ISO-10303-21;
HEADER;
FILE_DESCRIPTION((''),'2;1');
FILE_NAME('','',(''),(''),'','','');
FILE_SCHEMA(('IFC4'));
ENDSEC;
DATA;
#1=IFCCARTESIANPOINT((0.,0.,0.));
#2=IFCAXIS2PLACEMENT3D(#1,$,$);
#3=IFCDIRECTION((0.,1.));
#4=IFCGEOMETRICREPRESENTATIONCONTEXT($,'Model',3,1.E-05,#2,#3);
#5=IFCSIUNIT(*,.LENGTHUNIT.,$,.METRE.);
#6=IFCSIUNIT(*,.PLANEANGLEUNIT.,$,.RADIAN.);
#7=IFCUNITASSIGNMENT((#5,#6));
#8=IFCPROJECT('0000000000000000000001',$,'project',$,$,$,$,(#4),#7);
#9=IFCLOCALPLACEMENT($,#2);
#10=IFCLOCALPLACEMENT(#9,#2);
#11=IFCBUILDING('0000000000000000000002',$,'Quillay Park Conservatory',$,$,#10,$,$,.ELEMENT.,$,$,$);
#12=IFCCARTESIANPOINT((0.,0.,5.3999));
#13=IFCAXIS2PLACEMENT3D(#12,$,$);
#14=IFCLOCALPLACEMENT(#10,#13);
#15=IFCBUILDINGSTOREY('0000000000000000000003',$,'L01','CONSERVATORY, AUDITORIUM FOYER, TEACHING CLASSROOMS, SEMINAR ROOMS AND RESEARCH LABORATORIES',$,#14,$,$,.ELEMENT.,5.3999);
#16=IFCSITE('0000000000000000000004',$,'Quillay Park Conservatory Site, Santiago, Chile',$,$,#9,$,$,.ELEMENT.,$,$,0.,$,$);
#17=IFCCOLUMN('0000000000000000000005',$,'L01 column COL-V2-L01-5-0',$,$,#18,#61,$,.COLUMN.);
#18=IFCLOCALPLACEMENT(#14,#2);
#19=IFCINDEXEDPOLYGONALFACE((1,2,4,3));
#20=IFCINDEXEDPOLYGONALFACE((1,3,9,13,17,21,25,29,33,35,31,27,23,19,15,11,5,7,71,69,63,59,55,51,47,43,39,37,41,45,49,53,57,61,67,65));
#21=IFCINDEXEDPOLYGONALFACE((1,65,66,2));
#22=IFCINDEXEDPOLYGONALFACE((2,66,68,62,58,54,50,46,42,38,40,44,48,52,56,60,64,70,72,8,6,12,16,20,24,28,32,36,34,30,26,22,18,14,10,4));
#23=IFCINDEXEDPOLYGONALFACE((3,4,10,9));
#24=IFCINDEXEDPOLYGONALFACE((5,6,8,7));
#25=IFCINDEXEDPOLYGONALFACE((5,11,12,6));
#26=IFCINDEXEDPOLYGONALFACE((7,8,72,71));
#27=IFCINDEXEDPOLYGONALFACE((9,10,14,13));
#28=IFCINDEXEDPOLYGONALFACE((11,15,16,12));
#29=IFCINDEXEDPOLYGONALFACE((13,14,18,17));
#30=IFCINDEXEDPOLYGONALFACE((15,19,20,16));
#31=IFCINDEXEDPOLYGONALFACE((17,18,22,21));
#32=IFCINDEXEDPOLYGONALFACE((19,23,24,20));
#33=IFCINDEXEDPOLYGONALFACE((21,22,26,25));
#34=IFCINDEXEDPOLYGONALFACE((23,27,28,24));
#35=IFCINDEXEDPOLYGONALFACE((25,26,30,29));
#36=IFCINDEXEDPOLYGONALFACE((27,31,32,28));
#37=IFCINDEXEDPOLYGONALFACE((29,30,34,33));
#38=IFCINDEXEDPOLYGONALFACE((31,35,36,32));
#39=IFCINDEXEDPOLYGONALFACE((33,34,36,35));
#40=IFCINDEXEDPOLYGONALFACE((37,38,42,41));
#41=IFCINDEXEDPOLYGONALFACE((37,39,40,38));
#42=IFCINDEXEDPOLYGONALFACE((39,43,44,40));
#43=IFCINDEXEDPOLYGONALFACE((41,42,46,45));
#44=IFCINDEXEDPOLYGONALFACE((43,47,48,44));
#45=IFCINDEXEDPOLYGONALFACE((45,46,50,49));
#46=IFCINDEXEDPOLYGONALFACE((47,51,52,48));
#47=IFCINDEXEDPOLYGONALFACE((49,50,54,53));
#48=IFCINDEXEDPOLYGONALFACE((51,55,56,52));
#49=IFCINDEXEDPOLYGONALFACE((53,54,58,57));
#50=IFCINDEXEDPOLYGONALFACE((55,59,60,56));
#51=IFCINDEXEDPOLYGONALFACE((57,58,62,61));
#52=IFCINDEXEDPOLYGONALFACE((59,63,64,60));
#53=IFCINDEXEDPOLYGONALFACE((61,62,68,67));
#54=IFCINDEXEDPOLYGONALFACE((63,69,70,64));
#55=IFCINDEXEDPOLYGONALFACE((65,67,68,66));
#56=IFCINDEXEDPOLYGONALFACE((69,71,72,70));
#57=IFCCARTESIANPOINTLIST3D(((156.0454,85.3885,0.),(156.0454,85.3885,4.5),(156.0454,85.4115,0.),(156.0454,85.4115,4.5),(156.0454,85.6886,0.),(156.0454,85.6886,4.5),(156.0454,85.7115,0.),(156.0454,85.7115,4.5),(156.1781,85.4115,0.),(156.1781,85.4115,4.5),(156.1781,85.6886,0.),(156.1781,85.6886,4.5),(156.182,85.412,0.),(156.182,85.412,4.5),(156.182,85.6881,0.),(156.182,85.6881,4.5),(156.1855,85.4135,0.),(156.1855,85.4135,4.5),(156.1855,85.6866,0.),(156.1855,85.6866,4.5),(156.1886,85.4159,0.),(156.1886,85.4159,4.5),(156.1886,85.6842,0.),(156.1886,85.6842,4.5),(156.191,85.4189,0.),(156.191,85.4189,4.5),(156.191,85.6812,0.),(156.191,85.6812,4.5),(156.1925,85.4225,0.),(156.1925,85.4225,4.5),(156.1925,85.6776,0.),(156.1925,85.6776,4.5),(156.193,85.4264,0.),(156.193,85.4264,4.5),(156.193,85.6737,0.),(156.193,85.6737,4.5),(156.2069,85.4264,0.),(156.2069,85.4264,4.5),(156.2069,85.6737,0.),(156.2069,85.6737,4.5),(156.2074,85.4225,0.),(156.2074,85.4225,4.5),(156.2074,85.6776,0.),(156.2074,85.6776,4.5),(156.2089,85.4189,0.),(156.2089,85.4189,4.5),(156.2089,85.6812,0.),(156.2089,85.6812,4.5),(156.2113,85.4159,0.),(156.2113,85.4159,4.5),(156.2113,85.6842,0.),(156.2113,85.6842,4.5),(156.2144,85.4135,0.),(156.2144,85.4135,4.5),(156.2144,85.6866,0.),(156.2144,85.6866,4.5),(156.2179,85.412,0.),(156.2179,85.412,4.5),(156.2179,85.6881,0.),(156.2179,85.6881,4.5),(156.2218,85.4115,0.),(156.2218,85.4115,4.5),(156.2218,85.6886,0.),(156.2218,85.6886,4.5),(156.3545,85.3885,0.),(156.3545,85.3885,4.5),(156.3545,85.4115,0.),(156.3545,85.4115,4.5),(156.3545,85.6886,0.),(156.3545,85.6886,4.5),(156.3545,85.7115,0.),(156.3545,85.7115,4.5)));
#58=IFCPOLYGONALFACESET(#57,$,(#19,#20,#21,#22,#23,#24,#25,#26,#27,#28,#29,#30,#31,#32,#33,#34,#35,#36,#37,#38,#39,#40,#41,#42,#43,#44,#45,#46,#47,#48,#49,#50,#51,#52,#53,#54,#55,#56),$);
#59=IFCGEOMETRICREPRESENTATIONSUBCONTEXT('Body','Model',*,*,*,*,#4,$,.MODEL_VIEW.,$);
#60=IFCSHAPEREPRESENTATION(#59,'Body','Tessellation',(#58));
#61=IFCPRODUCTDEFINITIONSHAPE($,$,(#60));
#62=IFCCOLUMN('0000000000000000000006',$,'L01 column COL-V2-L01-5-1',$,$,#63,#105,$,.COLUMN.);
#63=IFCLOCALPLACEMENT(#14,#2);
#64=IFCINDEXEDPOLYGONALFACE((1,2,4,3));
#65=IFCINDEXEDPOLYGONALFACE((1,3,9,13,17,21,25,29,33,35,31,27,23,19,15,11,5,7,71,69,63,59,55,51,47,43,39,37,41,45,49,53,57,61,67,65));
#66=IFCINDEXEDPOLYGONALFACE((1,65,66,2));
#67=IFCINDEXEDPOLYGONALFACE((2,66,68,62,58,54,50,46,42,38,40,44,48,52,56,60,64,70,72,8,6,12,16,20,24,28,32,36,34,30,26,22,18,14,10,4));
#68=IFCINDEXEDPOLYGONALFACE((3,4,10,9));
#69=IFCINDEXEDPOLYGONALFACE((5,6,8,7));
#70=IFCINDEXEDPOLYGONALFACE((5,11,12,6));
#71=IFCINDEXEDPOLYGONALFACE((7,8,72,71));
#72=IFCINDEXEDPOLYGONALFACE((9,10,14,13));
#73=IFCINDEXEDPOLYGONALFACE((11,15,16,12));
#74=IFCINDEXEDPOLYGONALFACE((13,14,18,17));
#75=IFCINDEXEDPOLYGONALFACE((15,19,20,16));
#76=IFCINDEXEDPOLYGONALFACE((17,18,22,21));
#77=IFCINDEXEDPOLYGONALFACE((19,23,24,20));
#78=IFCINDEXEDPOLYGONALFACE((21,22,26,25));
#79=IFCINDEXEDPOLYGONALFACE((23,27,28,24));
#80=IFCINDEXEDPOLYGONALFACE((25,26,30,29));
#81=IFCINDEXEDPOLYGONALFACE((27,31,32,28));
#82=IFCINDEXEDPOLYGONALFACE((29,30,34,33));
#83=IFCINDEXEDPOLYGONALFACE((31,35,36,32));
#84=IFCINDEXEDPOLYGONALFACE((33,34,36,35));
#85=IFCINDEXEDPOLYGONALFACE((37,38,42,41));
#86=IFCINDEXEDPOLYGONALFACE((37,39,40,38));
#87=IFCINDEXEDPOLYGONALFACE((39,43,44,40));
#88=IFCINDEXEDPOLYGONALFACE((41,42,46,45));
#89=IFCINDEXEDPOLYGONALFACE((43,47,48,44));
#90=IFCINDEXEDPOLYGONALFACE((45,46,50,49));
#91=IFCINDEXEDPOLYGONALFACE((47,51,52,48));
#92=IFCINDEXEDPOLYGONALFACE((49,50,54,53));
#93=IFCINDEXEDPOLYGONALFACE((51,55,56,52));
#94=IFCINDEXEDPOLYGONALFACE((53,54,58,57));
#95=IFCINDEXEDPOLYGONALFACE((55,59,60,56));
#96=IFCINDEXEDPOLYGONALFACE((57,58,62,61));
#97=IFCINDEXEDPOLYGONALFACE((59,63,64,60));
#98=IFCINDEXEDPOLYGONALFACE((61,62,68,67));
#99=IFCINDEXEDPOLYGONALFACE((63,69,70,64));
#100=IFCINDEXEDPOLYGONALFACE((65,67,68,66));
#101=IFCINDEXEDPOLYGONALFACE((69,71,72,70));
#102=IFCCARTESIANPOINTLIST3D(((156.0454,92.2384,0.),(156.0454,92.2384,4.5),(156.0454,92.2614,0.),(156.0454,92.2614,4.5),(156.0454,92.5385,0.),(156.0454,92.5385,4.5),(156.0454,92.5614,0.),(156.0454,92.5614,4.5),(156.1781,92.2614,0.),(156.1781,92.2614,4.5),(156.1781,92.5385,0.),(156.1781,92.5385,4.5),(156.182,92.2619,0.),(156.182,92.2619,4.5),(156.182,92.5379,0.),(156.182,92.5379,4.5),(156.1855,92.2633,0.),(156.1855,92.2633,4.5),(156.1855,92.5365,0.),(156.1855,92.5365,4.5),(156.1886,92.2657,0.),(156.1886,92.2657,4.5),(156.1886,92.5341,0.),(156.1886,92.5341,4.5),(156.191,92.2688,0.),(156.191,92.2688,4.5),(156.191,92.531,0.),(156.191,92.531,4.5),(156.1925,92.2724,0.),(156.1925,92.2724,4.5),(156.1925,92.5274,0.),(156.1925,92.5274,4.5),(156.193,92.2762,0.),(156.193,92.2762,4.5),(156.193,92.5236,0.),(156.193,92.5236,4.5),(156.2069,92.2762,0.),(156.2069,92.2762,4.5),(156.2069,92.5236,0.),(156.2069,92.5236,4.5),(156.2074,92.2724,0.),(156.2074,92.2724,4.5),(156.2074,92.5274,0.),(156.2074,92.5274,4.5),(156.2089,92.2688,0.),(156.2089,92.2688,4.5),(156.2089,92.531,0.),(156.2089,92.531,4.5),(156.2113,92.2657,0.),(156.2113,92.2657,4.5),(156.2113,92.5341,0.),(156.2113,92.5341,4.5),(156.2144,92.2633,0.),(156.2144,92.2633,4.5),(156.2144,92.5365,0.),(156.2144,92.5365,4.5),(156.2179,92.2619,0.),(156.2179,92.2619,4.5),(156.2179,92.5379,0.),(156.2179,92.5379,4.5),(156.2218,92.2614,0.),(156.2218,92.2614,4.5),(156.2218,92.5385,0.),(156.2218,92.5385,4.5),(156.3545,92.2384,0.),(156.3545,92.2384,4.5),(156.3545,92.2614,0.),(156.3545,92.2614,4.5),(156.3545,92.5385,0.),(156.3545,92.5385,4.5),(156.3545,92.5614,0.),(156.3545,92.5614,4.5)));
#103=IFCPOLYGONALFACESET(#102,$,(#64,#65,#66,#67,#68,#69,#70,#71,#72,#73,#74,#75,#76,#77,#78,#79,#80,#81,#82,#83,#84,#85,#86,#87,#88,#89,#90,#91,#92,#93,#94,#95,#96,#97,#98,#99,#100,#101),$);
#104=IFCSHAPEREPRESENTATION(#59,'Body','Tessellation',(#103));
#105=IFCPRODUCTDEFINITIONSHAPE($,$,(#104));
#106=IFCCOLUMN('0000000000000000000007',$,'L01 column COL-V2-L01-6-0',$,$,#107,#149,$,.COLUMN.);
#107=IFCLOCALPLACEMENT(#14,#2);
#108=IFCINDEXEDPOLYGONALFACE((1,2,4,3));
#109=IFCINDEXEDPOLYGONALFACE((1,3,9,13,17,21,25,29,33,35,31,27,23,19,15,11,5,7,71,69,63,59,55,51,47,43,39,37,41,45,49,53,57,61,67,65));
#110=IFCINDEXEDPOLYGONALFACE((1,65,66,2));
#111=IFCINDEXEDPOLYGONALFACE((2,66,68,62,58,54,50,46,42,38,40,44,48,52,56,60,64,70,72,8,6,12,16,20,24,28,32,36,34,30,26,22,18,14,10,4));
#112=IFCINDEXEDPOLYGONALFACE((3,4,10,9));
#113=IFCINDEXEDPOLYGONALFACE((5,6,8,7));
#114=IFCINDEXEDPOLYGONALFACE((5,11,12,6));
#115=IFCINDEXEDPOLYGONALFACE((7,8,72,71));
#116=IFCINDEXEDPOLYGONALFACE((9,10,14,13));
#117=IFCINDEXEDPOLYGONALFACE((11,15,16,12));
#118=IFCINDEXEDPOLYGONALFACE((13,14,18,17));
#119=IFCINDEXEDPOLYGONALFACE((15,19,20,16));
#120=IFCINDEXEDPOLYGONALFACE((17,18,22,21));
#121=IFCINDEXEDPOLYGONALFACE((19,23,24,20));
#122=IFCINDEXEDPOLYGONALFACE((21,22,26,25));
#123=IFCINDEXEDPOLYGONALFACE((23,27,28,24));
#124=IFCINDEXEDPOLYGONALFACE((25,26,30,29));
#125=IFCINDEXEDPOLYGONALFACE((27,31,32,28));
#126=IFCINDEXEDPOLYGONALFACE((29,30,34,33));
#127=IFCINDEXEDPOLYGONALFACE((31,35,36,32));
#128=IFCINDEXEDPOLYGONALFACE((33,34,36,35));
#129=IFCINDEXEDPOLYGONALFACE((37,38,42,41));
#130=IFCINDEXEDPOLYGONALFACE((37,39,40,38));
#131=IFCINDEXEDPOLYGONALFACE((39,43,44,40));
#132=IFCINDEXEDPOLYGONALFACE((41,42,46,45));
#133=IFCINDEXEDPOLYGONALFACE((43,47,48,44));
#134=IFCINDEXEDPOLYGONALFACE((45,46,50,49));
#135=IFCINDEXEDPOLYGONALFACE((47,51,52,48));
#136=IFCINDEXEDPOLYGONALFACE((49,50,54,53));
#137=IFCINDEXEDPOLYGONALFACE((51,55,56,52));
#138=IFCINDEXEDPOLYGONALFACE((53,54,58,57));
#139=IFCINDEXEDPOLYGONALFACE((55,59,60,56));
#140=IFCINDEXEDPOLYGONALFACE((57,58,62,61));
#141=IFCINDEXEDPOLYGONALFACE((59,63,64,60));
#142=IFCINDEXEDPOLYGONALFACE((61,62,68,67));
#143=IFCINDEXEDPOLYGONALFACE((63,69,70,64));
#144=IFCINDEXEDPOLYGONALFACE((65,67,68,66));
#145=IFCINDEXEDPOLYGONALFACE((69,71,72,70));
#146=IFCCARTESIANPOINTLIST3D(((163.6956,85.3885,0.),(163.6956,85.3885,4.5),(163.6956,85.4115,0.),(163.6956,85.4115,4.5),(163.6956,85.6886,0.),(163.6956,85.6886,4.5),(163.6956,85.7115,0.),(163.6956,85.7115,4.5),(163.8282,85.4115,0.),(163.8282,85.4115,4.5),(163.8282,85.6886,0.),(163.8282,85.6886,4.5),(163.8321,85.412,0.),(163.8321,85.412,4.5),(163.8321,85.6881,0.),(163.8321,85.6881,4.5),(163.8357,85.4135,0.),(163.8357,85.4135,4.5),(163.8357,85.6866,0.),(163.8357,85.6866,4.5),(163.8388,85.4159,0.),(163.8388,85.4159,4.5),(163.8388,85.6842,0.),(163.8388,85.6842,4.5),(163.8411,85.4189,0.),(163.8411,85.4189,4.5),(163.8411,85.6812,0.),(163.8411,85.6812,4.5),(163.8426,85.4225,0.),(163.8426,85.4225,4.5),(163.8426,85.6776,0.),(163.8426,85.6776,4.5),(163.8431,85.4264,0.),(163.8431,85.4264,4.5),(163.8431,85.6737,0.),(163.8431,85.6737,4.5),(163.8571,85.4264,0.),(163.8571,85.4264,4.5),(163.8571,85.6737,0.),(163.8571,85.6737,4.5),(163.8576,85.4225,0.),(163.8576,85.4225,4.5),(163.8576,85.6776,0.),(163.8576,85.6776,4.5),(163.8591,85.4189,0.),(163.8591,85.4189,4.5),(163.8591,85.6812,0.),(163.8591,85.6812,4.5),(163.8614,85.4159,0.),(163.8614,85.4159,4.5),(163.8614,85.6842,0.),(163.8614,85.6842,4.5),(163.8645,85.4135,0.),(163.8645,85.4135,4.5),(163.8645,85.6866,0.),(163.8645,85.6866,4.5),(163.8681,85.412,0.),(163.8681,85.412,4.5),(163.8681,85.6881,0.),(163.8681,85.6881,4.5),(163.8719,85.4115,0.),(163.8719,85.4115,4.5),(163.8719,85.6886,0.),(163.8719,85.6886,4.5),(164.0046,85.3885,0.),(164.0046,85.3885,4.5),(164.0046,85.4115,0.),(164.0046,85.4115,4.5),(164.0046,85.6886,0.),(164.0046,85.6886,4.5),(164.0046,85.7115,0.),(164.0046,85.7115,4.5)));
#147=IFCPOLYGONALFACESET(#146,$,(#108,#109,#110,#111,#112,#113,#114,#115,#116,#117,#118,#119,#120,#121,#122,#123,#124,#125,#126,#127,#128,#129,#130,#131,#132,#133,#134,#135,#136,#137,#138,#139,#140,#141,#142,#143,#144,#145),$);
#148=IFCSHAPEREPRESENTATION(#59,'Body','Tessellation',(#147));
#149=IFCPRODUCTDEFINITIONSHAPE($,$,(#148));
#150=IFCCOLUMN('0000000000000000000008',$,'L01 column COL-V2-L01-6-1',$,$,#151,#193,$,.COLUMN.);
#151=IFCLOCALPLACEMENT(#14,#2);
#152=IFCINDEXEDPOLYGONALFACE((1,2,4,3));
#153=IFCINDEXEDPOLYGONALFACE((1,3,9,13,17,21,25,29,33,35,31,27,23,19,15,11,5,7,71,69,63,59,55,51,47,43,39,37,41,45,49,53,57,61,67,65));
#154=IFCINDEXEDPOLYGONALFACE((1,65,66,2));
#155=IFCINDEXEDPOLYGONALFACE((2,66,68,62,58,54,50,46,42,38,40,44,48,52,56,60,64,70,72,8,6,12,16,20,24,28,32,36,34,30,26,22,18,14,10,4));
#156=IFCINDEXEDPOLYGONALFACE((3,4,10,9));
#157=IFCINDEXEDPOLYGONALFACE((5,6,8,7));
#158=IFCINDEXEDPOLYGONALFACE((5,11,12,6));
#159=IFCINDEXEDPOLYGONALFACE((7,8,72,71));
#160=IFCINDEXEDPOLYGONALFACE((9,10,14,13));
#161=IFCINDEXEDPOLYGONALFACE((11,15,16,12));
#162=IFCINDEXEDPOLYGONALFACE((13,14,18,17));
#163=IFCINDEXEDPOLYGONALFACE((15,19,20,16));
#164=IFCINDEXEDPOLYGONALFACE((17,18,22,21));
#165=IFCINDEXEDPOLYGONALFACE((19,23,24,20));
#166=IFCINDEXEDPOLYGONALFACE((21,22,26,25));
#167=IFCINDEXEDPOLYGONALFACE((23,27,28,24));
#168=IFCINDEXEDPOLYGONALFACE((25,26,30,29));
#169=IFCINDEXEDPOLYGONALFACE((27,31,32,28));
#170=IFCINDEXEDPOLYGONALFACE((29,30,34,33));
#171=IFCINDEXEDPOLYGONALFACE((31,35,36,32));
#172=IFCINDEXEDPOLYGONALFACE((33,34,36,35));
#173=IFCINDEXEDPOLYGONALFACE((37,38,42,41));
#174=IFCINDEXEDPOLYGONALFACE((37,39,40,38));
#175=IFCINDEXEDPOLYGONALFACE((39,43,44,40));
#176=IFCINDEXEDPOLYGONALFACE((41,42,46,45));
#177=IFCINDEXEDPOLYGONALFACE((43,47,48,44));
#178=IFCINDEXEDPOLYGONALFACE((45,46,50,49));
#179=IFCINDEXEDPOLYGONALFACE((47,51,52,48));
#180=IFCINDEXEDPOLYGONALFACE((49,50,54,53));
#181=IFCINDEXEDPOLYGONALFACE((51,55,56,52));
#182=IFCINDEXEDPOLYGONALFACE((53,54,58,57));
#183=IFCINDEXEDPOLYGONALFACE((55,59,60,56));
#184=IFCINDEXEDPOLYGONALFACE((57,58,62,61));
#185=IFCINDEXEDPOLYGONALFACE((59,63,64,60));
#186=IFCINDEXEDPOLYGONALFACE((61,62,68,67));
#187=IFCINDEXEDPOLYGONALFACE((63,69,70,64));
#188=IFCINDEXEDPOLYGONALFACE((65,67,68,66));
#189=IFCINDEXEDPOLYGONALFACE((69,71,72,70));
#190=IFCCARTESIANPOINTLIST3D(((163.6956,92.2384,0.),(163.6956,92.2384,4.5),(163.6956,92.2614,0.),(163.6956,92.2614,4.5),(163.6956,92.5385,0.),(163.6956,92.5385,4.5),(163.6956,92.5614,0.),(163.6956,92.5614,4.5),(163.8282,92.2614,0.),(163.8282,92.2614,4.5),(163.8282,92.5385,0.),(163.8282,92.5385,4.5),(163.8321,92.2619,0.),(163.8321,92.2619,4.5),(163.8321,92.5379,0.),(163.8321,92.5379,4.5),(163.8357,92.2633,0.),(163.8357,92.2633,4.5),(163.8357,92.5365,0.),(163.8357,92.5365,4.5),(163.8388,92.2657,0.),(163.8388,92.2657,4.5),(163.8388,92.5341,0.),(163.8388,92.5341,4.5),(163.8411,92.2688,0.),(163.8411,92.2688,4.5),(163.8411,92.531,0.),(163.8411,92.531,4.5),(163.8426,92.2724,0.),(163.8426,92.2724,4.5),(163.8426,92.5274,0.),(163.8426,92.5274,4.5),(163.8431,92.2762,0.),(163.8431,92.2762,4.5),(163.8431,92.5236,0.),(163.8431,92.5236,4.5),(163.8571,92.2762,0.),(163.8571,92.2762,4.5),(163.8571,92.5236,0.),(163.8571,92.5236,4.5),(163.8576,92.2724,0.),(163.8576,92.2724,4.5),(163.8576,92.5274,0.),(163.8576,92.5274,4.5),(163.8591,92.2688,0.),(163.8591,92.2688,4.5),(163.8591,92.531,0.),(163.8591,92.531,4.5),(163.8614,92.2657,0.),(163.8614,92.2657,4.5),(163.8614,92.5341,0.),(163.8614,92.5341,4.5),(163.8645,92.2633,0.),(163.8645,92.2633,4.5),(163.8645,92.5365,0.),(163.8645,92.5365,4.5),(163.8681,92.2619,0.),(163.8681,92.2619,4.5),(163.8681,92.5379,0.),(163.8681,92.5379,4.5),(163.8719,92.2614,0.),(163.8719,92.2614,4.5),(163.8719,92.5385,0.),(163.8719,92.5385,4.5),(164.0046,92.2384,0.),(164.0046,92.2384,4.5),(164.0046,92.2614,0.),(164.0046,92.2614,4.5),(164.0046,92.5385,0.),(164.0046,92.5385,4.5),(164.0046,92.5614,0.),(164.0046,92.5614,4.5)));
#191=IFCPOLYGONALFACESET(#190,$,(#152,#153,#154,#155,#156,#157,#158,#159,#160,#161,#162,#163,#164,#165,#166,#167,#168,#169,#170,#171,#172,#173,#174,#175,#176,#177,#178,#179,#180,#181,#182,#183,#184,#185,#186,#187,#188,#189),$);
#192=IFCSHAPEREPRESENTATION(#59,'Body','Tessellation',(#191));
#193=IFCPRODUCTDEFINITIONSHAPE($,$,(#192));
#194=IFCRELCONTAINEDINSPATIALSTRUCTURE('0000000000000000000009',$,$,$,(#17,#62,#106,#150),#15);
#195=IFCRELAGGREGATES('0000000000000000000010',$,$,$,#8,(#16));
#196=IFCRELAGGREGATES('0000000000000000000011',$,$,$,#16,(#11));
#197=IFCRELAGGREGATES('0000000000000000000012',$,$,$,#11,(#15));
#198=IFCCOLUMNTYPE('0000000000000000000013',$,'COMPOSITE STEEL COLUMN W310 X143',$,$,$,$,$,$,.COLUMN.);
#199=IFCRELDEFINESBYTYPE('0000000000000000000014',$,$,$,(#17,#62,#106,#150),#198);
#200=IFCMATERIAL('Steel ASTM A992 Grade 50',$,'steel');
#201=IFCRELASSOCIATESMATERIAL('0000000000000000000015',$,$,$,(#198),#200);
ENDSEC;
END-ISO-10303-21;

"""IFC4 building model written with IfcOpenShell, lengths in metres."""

from ifc_helpers import new_model, si_unit, direction, frame, origin, origin_2d, place, context, subcontext, project, spatial, i_section, extrude, material, material_profile, profile_set, type_object, element, save


model = new_model("IFC4")

# Units and contexts
model_context = context("Model", 3, precision=1e-05, world=origin(), true_north=direction((0.0, 1.0)))
body_context = subcontext(model_context, "Body", "Model", "MODEL_VIEW")
ifc_project = project(units=[si_unit("LENGTHUNIT", "METRE"), si_unit("PLANEANGLEUNIT", "RADIAN")], contexts=[model_context])

# Site, building, storey
site_placement = place(None, origin())
site = spatial("IfcSite", under=ifc_project, at=site_placement, Name="Quillay Park Conservatory Site, Santiago, Chile", CompositionType="ELEMENT", RefElevation=0.0)
building_placement = place(site_placement, origin())
building = spatial("IfcBuilding", under=site, at=building_placement, Name="Quillay Park Conservatory", CompositionType="ELEMENT")
storey_placement = place(building_placement, frame((0.0, 0.0, 5.3999)))
storey = spatial("IfcBuildingStorey", under=building, at=storey_placement, Name="L01", Description="CONSERVATORY, AUDITORIUM FOYER, TEACHING CLASSROOMS, SEMINAR ROOMS AND RESEARCH LABORATORIES", CompositionType="ELEMENT", Elevation=5.3999)

# Columns
ifc_material_1 = material(Name="Steel ASTM A992 Grade 50", Category="steel")
ifc_material_profile_1 = material_profile(ifc_material_1, i_section(OverallWidth=0.3091, OverallDepth=0.323, WebThickness=0.0139, FlangeThickness=0.0229, FilletRadius=0.0149, at=origin_2d()), Name="W310x143")
ifc_profile_set_1 = profile_set([ifc_material_profile_1], Name="Steel ASTM A992 Grade 50")
column_type = type_object("IfcColumnType", Name="COMPOSITE STEEL COLUMN W310 X143", PredefinedType="COLUMN", material=ifc_profile_set_1)
for number, where, z_axis, x_axis, name in (
    (1, (156.2, 85.55, 0.0), (0.0, 0.0, 1.0), (1.0, 0.0, 0.0), "L01 column COL-V2-L01-5-0"),
    (2, (156.2, 92.3999, 0.0), (0.0, 0.0, 1.0), (1.0, 0.0, 0.0), "L01 column COL-V2-L01-5-1"),
    (3, (163.8501, 85.55, 0.0), (0.0, 0.0, 1.0), (1.0, 0.0, 0.0), "L01 column COL-V2-L01-6-0"),
    (4, (163.8501, 92.3999, 0.0), (0.0, 0.0, 1.0), (1.0, 0.0, 0.0), "L01 column COL-V2-L01-6-1"),
):
    element("IfcColumn", number, at=place(storey_placement, frame(where, z_axis=z_axis, x_axis=x_axis)), inside=storey, type_object=column_type, Name=name, PredefinedType="COLUMN", context=body_context, shape_type="SweptSolid", body=[
        extrude(i_section(OverallWidth=0.3091, OverallDepth=0.323, WebThickness=0.0139, FlangeThickness=0.0229, FilletRadius=0.0149, at=origin_2d()), origin(), (0.0, 0.0, 1.0), 4.5),
    ])

save(model, "model.ifc")
